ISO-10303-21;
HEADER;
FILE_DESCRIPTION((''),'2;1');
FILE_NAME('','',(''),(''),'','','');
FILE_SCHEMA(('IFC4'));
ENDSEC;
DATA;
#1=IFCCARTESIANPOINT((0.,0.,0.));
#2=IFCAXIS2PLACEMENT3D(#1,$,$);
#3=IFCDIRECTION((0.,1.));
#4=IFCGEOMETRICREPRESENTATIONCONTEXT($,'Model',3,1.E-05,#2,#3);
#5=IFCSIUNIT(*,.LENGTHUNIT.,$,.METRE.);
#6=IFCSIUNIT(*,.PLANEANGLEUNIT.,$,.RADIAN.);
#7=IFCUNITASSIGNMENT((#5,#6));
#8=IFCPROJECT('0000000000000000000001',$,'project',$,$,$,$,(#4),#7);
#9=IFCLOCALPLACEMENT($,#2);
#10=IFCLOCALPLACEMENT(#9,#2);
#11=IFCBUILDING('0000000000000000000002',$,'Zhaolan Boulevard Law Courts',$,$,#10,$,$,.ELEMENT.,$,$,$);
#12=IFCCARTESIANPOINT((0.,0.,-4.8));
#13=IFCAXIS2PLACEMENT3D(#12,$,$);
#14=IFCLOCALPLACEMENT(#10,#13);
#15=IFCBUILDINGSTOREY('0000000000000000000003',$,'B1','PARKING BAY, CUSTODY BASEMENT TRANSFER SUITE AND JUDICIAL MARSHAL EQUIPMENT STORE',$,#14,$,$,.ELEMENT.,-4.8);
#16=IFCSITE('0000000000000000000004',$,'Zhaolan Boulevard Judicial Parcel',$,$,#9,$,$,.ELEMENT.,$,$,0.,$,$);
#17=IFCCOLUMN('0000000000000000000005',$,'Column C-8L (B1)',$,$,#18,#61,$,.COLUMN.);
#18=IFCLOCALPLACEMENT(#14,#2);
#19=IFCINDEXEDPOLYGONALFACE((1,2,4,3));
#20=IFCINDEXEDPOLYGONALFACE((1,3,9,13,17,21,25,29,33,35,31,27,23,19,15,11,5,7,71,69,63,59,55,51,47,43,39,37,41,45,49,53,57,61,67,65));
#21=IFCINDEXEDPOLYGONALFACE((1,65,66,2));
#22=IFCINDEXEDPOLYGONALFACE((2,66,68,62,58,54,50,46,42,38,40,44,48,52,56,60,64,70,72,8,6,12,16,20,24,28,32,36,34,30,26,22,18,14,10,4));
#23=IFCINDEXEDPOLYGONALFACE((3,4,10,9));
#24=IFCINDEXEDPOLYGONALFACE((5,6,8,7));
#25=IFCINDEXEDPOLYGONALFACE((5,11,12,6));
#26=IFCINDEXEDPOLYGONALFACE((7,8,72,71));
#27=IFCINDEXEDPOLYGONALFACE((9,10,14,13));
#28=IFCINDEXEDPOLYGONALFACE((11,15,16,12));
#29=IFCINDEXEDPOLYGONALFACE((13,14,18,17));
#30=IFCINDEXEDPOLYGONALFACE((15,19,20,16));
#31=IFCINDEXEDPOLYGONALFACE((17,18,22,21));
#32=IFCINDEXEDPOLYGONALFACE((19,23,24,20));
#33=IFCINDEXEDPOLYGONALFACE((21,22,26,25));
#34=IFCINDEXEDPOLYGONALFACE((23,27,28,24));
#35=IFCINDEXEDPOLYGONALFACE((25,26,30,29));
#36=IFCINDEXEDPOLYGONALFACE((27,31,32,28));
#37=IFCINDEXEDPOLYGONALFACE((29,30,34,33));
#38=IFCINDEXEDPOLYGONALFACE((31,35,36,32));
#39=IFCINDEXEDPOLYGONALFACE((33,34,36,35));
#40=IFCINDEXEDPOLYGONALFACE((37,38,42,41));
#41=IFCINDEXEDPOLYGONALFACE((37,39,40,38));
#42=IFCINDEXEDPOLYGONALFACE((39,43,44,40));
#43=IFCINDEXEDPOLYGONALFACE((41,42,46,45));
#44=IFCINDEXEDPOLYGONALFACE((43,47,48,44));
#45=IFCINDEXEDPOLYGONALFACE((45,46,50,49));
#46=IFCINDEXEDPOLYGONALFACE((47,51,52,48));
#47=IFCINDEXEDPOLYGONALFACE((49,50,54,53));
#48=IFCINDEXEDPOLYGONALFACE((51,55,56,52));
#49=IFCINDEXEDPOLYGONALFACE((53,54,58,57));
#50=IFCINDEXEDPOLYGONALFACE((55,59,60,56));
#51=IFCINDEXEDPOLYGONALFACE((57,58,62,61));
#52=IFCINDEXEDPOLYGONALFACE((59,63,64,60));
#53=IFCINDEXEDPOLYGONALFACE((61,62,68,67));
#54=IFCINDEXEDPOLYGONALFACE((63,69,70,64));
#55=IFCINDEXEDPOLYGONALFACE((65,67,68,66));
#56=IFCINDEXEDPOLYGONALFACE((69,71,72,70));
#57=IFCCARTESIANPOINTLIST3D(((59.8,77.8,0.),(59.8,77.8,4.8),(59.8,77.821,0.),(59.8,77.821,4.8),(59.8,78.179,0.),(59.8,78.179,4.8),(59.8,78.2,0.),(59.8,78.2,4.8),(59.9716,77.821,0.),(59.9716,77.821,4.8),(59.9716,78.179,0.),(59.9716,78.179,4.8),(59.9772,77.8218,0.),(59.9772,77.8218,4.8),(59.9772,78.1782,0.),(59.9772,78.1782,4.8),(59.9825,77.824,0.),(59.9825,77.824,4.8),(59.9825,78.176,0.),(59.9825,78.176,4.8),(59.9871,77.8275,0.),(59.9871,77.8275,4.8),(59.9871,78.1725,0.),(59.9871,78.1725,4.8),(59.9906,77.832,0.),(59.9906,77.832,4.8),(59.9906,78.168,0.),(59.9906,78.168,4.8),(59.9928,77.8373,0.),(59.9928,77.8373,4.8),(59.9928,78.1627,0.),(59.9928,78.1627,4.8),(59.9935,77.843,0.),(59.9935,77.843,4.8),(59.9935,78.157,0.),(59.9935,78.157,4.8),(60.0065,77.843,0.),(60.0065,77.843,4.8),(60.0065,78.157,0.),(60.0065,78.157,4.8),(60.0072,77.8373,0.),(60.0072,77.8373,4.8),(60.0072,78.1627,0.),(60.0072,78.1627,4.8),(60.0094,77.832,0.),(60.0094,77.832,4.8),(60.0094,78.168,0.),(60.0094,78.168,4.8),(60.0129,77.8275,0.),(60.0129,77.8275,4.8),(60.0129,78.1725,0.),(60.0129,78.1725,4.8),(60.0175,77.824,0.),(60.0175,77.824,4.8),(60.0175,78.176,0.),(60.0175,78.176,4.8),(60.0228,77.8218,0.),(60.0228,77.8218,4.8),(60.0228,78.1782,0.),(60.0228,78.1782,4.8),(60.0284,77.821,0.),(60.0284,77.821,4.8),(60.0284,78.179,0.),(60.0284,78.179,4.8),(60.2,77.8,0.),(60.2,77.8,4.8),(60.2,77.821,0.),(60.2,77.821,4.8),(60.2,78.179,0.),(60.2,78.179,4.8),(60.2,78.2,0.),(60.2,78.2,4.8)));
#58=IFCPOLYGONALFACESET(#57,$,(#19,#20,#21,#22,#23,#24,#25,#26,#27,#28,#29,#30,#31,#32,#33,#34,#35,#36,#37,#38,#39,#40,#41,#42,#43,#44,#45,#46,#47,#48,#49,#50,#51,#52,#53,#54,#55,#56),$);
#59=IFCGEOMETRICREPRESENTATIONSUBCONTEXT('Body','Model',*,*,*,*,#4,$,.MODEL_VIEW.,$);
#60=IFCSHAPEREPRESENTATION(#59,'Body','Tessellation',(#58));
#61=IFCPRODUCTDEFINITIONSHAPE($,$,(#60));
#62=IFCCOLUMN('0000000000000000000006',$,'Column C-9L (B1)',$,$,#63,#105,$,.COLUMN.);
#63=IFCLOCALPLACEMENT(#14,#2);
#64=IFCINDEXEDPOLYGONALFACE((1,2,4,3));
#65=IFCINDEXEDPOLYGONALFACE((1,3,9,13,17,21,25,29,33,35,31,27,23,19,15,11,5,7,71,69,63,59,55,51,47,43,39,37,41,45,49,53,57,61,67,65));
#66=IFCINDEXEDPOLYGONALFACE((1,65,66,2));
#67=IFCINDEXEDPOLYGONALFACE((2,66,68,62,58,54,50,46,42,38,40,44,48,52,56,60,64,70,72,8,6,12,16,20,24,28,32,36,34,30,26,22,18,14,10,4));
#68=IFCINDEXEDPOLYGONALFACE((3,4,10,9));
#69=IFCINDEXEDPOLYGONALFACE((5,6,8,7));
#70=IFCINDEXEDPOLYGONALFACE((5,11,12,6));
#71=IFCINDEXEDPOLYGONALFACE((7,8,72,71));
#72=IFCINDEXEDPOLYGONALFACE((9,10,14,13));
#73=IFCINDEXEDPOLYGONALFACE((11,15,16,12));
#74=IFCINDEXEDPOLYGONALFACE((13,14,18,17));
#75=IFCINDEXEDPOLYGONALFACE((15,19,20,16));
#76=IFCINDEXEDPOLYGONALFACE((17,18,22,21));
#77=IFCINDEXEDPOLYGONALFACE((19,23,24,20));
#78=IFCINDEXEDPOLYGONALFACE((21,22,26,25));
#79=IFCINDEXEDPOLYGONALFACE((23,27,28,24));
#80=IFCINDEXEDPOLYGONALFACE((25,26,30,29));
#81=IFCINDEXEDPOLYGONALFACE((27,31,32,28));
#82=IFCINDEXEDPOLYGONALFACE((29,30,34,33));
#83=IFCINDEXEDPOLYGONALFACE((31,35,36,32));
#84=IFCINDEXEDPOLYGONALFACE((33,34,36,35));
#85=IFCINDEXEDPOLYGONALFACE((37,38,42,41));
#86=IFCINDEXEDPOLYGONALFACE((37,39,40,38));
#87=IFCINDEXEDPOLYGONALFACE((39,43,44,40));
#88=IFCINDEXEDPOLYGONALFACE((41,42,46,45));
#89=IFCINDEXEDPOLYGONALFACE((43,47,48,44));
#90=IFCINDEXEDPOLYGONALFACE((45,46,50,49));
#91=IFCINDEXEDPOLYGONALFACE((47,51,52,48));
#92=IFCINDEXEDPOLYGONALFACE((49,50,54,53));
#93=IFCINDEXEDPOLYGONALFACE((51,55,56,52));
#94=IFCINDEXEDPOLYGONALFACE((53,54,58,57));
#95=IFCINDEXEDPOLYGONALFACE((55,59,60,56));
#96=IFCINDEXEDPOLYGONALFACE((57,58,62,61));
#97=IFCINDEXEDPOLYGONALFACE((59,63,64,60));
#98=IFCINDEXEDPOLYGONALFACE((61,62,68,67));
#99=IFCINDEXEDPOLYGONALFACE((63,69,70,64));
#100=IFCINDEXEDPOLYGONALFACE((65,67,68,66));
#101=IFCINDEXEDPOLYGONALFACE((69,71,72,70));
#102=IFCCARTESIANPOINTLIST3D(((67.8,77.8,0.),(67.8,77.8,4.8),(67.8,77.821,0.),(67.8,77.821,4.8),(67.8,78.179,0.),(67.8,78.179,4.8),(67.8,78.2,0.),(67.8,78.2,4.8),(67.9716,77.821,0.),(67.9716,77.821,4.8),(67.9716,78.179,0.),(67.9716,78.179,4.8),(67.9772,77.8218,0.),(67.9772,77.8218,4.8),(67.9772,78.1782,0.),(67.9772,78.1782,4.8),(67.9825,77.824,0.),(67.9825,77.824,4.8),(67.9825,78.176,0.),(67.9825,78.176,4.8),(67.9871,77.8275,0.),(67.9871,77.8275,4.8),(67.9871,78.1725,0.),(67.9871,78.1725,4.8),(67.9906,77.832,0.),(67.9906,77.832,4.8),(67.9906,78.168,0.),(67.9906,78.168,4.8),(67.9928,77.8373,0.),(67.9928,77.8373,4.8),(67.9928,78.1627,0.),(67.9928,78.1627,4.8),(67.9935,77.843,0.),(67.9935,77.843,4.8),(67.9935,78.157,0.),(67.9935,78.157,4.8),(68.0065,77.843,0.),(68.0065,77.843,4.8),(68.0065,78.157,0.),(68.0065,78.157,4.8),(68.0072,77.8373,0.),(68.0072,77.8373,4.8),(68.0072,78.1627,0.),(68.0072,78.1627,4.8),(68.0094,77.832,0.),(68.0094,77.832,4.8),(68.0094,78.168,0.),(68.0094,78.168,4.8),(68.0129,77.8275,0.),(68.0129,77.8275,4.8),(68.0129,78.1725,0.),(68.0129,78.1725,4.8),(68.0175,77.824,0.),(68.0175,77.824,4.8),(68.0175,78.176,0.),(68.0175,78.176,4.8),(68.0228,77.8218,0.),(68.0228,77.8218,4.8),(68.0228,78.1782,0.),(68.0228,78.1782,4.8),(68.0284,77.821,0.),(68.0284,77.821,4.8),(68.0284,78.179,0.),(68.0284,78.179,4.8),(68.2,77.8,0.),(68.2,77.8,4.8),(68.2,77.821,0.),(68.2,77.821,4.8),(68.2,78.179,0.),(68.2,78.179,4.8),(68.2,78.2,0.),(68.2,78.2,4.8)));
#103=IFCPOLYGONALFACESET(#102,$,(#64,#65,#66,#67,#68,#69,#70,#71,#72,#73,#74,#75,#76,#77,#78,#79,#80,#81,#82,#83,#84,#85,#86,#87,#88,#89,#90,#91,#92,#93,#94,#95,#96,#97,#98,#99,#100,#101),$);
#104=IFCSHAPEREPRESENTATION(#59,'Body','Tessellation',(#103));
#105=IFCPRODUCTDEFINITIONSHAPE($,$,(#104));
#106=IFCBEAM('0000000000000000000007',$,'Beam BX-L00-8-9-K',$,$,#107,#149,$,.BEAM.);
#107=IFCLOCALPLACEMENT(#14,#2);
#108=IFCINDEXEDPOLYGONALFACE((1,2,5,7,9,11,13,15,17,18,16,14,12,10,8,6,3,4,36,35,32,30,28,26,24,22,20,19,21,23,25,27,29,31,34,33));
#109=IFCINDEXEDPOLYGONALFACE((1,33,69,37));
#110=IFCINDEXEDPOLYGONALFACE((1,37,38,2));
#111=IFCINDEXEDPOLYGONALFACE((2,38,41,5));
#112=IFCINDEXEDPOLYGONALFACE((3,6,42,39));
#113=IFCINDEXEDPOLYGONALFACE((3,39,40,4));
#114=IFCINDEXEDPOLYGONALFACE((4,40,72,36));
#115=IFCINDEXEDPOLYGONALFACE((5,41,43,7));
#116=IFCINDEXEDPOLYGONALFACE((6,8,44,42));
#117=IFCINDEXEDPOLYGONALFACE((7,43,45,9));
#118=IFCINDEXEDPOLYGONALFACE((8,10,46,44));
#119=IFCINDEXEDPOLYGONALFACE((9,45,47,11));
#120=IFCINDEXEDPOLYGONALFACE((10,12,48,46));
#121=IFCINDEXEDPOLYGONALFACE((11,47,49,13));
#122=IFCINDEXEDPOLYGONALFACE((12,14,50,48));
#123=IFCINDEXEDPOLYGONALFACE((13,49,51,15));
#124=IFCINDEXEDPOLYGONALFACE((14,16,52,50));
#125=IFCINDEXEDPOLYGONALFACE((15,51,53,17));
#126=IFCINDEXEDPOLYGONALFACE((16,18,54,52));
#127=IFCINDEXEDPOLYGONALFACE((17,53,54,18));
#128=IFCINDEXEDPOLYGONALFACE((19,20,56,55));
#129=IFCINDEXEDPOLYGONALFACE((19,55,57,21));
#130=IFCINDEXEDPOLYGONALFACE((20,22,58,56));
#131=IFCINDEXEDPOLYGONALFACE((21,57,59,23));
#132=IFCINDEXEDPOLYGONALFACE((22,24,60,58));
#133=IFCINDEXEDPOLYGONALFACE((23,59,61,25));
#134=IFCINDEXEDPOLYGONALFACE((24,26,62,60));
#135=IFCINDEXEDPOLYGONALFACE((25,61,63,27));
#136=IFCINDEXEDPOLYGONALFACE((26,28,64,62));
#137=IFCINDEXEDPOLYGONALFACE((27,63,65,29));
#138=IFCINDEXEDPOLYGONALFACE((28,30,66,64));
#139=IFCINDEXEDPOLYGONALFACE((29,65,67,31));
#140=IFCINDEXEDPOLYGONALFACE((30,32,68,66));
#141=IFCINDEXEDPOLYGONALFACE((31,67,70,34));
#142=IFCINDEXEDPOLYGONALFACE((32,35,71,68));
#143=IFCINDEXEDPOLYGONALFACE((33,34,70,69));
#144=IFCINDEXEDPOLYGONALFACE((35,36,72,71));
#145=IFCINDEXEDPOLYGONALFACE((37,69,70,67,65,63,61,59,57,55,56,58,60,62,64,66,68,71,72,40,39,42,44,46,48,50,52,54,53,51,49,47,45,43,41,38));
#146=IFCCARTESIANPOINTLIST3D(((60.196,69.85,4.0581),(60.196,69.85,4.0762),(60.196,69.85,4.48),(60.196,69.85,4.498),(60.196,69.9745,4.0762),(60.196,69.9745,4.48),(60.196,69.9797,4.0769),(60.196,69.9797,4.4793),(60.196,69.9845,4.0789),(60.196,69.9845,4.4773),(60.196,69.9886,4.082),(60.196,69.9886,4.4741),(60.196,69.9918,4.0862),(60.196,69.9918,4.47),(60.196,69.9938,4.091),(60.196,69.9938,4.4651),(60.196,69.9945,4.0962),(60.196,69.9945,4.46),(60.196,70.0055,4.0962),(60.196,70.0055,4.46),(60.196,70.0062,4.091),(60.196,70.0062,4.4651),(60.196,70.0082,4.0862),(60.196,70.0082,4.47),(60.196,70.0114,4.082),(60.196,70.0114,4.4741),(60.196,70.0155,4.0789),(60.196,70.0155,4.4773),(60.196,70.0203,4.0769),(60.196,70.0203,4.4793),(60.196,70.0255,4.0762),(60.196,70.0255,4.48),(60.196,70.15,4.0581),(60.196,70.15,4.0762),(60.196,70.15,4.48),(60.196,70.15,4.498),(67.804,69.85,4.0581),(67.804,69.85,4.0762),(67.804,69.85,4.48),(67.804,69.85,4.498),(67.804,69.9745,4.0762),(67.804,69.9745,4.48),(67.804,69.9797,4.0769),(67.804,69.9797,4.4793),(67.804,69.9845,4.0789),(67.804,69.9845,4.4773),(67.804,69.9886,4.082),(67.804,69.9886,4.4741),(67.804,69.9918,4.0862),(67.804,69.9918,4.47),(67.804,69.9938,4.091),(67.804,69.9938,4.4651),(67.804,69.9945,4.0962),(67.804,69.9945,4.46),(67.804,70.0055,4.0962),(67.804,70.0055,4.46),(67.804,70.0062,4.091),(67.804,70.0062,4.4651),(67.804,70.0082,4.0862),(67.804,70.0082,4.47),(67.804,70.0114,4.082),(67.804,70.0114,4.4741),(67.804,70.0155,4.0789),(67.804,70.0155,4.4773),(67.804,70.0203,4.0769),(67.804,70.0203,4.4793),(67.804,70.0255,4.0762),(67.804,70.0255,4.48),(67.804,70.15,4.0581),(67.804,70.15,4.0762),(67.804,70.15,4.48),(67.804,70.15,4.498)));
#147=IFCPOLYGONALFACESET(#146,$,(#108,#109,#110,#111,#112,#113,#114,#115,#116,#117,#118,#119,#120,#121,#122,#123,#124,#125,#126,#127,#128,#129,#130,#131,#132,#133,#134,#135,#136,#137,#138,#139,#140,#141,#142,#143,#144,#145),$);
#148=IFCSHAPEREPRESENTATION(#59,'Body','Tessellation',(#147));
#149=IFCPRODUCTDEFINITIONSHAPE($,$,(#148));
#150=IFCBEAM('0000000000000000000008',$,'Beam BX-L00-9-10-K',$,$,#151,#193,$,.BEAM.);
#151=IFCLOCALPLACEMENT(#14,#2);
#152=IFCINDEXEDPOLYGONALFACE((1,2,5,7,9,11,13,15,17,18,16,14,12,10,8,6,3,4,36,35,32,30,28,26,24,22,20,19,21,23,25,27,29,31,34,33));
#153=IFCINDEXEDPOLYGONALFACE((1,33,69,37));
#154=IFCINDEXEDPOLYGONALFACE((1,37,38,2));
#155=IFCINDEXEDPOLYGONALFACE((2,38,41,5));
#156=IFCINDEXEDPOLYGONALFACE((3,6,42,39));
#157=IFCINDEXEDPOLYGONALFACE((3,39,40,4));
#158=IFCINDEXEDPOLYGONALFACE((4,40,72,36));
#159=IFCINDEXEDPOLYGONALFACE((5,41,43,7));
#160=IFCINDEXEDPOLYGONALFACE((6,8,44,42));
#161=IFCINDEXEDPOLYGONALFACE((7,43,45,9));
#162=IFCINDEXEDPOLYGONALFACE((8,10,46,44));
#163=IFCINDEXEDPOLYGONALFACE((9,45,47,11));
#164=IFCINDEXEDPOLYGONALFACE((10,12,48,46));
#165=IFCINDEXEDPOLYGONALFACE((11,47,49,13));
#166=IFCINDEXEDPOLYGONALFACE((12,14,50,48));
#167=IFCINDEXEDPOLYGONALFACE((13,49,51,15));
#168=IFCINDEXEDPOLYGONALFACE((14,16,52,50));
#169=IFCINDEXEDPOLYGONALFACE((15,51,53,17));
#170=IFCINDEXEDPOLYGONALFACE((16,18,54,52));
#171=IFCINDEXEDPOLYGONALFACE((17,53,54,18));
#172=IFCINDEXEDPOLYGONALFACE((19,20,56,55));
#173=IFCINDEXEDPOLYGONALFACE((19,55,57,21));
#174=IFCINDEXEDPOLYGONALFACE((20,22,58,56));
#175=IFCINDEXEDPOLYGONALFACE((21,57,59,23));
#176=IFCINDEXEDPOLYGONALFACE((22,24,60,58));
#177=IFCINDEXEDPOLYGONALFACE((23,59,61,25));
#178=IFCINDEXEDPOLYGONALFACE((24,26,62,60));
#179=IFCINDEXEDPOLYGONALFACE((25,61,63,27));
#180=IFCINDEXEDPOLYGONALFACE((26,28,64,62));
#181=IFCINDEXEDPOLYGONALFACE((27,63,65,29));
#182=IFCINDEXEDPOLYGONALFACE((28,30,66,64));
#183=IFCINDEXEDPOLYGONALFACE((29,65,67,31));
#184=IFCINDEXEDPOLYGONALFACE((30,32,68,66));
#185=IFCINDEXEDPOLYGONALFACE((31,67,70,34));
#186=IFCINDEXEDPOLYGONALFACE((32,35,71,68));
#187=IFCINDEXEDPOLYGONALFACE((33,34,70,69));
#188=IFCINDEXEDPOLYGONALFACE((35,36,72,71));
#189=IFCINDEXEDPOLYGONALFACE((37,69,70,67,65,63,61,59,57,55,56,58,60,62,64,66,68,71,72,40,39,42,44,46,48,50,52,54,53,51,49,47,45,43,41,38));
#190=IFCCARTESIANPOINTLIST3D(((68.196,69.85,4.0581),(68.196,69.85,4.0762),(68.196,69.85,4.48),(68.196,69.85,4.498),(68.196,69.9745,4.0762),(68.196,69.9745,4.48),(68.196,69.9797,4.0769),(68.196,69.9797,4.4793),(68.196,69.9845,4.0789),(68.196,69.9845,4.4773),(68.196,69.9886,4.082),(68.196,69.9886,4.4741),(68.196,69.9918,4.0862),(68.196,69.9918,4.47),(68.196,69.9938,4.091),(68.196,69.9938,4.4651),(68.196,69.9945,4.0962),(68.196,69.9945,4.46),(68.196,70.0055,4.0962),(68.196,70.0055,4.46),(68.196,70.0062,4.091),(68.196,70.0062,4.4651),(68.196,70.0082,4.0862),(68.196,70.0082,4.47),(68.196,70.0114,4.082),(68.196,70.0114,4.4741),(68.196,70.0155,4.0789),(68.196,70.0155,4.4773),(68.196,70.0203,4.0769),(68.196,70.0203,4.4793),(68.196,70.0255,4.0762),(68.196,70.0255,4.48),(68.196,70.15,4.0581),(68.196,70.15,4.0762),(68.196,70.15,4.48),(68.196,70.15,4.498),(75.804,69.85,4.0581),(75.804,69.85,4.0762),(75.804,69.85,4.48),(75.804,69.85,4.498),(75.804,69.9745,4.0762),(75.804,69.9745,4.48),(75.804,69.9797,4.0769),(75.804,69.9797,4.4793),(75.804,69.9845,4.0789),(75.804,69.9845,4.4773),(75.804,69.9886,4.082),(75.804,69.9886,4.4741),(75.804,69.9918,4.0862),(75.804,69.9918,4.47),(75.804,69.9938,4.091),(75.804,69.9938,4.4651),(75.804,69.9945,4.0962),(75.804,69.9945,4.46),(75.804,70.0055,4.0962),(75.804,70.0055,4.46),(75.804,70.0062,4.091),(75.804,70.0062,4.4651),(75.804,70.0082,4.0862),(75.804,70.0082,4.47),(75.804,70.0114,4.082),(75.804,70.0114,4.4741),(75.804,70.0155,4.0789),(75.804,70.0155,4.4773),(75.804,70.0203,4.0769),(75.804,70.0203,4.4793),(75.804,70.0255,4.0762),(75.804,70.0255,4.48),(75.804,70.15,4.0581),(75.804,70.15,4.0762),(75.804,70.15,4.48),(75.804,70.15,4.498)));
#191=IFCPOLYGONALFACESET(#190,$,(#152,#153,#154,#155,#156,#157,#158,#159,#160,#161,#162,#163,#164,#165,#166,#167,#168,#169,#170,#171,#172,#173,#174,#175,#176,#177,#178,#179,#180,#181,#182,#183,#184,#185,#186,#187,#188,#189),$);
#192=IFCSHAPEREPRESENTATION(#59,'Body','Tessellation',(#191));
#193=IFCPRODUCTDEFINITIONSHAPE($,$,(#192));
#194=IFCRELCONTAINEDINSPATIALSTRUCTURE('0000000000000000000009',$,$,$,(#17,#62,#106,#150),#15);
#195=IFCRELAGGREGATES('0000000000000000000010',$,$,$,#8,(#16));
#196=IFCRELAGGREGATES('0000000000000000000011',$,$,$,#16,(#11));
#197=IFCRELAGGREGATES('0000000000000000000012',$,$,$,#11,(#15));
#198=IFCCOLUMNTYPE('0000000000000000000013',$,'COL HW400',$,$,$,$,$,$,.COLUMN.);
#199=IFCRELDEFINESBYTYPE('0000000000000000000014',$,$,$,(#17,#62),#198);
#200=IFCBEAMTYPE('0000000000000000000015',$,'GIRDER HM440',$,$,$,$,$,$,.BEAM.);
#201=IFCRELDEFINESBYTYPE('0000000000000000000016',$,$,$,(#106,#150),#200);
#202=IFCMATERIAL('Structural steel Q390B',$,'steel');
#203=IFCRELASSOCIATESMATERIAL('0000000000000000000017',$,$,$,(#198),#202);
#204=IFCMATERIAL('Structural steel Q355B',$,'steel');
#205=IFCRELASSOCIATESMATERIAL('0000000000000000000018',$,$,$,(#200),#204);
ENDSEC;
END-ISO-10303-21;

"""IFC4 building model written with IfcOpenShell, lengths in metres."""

from ifc_helpers import new_model, si_unit, direction, frame, origin, origin_2d, place, context, subcontext, project, spatial, i_section, extrude, material, material_profile, profile_set, type_object, element, save


model = new_model("IFC4")

# Units and contexts
model_context = context("Model", 3, precision=1e-05, world=origin(), true_north=direction((0.0, 1.0)))
body_context = subcontext(model_context, "Body", "Model", "MODEL_VIEW")
ifc_project = project(units=[si_unit("LENGTHUNIT", "METRE"), si_unit("PLANEANGLEUNIT", "RADIAN")], contexts=[model_context])

# Site, building, storey
site_placement = place(None, origin())
site = spatial("IfcSite", under=ifc_project, at=site_placement, Name="Zhaolan Boulevard Judicial Parcel", CompositionType="ELEMENT", RefElevation=0.0)
building_placement = place(site_placement, origin())
building = spatial("IfcBuilding", under=site, at=building_placement, Name="Zhaolan Boulevard Law Courts", CompositionType="ELEMENT")
storey_placement = place(building_placement, frame((0.0, 0.0, -4.8)))
storey = spatial("IfcBuildingStorey", under=building, at=storey_placement, Name="B1", Description="PARKING BAY, CUSTODY BASEMENT TRANSFER SUITE AND JUDICIAL MARSHAL EQUIPMENT STORE", CompositionType="ELEMENT", Elevation=-4.8)

# Columns
ifc_material_1 = material(Name="Structural steel Q390B", Category="steel")
ifc_material_profile_1 = material_profile(ifc_material_1, i_section(OverallWidth=0.3999, OverallDepth=0.3999, WebThickness=0.0129, FlangeThickness=0.021, FilletRadius=0.022, at=origin_2d()), Name="HW400x400")
ifc_profile_set_1 = profile_set([ifc_material_profile_1], Name="Structural steel Q390B")
column_type_1 = type_object("IfcColumnType", Name="COL HW400", PredefinedType="COLUMN", material=ifc_profile_set_1)
for number, where, z_axis, x_axis, name in (
    (1, (60.0, 78.0, 0.0), (0.0, 0.0, 1.0), (1.0, 0.0, 0.0), "Column C-8L (B1)"),
    (2, (68.0, 78.0, 0.0), (0.0, 0.0, 1.0), (1.0, 0.0, 0.0), "Column C-9L (B1)"),
):
    element("IfcColumn", number, at=place(storey_placement, frame(where, z_axis=z_axis, x_axis=x_axis)), inside=storey, type_object=column_type_1, Name=name, PredefinedType="COLUMN", context=body_context, shape_type="SweptSolid", body=[
        extrude(i_section(OverallWidth=0.3999, OverallDepth=0.3999, WebThickness=0.0129, FlangeThickness=0.021, FilletRadius=0.022, at=origin_2d()), origin(), (0.0, 0.0, 1.0), 4.8),
    ])

# Beams
ifc_material_2 = material(Name="Structural steel Q355B", Category="steel")
ifc_material_profile_2 = material_profile(ifc_material_2, i_section(OverallWidth=0.3, OverallDepth=0.4399, WebThickness=0.011, FlangeThickness=0.0181, FilletRadius=0.02, at=origin_2d()), Name="HM440x300")
ifc_profile_set_2 = profile_set([ifc_material_profile_2], Name="Structural steel Q355B")
beam_type_1 = type_object("IfcBeamType", Name="GIRDER HM440", PredefinedType="BEAM", material=ifc_profile_set_2)
for number, where, z_axis, x_axis, name in (
    (3, (60.196, 70.0, 4.2781), (1.0, 0.0, 0.0), (0.0, 1.0, 0.0), "Beam BX-L00-8-9-K"),
    (4, (68.196, 70.0, 4.2781), (1.0, 0.0, 0.0), (0.0, 1.0, 0.0), "Beam BX-L00-9-10-K"),
):
    element("IfcBeam", number, at=place(storey_placement, frame(where, z_axis=z_axis, x_axis=x_axis)), inside=storey, type_object=beam_type_1, Name=name, PredefinedType="BEAM", context=body_context, shape_type="SweptSolid", body=[
        extrude(i_section(OverallWidth=0.3, OverallDepth=0.4399, WebThickness=0.011, FlangeThickness=0.0181, FilletRadius=0.02, at=origin_2d()), origin(), (0.0, 0.0, 1.0), 7.6079),
    ])

save(model, "model.ifc")
